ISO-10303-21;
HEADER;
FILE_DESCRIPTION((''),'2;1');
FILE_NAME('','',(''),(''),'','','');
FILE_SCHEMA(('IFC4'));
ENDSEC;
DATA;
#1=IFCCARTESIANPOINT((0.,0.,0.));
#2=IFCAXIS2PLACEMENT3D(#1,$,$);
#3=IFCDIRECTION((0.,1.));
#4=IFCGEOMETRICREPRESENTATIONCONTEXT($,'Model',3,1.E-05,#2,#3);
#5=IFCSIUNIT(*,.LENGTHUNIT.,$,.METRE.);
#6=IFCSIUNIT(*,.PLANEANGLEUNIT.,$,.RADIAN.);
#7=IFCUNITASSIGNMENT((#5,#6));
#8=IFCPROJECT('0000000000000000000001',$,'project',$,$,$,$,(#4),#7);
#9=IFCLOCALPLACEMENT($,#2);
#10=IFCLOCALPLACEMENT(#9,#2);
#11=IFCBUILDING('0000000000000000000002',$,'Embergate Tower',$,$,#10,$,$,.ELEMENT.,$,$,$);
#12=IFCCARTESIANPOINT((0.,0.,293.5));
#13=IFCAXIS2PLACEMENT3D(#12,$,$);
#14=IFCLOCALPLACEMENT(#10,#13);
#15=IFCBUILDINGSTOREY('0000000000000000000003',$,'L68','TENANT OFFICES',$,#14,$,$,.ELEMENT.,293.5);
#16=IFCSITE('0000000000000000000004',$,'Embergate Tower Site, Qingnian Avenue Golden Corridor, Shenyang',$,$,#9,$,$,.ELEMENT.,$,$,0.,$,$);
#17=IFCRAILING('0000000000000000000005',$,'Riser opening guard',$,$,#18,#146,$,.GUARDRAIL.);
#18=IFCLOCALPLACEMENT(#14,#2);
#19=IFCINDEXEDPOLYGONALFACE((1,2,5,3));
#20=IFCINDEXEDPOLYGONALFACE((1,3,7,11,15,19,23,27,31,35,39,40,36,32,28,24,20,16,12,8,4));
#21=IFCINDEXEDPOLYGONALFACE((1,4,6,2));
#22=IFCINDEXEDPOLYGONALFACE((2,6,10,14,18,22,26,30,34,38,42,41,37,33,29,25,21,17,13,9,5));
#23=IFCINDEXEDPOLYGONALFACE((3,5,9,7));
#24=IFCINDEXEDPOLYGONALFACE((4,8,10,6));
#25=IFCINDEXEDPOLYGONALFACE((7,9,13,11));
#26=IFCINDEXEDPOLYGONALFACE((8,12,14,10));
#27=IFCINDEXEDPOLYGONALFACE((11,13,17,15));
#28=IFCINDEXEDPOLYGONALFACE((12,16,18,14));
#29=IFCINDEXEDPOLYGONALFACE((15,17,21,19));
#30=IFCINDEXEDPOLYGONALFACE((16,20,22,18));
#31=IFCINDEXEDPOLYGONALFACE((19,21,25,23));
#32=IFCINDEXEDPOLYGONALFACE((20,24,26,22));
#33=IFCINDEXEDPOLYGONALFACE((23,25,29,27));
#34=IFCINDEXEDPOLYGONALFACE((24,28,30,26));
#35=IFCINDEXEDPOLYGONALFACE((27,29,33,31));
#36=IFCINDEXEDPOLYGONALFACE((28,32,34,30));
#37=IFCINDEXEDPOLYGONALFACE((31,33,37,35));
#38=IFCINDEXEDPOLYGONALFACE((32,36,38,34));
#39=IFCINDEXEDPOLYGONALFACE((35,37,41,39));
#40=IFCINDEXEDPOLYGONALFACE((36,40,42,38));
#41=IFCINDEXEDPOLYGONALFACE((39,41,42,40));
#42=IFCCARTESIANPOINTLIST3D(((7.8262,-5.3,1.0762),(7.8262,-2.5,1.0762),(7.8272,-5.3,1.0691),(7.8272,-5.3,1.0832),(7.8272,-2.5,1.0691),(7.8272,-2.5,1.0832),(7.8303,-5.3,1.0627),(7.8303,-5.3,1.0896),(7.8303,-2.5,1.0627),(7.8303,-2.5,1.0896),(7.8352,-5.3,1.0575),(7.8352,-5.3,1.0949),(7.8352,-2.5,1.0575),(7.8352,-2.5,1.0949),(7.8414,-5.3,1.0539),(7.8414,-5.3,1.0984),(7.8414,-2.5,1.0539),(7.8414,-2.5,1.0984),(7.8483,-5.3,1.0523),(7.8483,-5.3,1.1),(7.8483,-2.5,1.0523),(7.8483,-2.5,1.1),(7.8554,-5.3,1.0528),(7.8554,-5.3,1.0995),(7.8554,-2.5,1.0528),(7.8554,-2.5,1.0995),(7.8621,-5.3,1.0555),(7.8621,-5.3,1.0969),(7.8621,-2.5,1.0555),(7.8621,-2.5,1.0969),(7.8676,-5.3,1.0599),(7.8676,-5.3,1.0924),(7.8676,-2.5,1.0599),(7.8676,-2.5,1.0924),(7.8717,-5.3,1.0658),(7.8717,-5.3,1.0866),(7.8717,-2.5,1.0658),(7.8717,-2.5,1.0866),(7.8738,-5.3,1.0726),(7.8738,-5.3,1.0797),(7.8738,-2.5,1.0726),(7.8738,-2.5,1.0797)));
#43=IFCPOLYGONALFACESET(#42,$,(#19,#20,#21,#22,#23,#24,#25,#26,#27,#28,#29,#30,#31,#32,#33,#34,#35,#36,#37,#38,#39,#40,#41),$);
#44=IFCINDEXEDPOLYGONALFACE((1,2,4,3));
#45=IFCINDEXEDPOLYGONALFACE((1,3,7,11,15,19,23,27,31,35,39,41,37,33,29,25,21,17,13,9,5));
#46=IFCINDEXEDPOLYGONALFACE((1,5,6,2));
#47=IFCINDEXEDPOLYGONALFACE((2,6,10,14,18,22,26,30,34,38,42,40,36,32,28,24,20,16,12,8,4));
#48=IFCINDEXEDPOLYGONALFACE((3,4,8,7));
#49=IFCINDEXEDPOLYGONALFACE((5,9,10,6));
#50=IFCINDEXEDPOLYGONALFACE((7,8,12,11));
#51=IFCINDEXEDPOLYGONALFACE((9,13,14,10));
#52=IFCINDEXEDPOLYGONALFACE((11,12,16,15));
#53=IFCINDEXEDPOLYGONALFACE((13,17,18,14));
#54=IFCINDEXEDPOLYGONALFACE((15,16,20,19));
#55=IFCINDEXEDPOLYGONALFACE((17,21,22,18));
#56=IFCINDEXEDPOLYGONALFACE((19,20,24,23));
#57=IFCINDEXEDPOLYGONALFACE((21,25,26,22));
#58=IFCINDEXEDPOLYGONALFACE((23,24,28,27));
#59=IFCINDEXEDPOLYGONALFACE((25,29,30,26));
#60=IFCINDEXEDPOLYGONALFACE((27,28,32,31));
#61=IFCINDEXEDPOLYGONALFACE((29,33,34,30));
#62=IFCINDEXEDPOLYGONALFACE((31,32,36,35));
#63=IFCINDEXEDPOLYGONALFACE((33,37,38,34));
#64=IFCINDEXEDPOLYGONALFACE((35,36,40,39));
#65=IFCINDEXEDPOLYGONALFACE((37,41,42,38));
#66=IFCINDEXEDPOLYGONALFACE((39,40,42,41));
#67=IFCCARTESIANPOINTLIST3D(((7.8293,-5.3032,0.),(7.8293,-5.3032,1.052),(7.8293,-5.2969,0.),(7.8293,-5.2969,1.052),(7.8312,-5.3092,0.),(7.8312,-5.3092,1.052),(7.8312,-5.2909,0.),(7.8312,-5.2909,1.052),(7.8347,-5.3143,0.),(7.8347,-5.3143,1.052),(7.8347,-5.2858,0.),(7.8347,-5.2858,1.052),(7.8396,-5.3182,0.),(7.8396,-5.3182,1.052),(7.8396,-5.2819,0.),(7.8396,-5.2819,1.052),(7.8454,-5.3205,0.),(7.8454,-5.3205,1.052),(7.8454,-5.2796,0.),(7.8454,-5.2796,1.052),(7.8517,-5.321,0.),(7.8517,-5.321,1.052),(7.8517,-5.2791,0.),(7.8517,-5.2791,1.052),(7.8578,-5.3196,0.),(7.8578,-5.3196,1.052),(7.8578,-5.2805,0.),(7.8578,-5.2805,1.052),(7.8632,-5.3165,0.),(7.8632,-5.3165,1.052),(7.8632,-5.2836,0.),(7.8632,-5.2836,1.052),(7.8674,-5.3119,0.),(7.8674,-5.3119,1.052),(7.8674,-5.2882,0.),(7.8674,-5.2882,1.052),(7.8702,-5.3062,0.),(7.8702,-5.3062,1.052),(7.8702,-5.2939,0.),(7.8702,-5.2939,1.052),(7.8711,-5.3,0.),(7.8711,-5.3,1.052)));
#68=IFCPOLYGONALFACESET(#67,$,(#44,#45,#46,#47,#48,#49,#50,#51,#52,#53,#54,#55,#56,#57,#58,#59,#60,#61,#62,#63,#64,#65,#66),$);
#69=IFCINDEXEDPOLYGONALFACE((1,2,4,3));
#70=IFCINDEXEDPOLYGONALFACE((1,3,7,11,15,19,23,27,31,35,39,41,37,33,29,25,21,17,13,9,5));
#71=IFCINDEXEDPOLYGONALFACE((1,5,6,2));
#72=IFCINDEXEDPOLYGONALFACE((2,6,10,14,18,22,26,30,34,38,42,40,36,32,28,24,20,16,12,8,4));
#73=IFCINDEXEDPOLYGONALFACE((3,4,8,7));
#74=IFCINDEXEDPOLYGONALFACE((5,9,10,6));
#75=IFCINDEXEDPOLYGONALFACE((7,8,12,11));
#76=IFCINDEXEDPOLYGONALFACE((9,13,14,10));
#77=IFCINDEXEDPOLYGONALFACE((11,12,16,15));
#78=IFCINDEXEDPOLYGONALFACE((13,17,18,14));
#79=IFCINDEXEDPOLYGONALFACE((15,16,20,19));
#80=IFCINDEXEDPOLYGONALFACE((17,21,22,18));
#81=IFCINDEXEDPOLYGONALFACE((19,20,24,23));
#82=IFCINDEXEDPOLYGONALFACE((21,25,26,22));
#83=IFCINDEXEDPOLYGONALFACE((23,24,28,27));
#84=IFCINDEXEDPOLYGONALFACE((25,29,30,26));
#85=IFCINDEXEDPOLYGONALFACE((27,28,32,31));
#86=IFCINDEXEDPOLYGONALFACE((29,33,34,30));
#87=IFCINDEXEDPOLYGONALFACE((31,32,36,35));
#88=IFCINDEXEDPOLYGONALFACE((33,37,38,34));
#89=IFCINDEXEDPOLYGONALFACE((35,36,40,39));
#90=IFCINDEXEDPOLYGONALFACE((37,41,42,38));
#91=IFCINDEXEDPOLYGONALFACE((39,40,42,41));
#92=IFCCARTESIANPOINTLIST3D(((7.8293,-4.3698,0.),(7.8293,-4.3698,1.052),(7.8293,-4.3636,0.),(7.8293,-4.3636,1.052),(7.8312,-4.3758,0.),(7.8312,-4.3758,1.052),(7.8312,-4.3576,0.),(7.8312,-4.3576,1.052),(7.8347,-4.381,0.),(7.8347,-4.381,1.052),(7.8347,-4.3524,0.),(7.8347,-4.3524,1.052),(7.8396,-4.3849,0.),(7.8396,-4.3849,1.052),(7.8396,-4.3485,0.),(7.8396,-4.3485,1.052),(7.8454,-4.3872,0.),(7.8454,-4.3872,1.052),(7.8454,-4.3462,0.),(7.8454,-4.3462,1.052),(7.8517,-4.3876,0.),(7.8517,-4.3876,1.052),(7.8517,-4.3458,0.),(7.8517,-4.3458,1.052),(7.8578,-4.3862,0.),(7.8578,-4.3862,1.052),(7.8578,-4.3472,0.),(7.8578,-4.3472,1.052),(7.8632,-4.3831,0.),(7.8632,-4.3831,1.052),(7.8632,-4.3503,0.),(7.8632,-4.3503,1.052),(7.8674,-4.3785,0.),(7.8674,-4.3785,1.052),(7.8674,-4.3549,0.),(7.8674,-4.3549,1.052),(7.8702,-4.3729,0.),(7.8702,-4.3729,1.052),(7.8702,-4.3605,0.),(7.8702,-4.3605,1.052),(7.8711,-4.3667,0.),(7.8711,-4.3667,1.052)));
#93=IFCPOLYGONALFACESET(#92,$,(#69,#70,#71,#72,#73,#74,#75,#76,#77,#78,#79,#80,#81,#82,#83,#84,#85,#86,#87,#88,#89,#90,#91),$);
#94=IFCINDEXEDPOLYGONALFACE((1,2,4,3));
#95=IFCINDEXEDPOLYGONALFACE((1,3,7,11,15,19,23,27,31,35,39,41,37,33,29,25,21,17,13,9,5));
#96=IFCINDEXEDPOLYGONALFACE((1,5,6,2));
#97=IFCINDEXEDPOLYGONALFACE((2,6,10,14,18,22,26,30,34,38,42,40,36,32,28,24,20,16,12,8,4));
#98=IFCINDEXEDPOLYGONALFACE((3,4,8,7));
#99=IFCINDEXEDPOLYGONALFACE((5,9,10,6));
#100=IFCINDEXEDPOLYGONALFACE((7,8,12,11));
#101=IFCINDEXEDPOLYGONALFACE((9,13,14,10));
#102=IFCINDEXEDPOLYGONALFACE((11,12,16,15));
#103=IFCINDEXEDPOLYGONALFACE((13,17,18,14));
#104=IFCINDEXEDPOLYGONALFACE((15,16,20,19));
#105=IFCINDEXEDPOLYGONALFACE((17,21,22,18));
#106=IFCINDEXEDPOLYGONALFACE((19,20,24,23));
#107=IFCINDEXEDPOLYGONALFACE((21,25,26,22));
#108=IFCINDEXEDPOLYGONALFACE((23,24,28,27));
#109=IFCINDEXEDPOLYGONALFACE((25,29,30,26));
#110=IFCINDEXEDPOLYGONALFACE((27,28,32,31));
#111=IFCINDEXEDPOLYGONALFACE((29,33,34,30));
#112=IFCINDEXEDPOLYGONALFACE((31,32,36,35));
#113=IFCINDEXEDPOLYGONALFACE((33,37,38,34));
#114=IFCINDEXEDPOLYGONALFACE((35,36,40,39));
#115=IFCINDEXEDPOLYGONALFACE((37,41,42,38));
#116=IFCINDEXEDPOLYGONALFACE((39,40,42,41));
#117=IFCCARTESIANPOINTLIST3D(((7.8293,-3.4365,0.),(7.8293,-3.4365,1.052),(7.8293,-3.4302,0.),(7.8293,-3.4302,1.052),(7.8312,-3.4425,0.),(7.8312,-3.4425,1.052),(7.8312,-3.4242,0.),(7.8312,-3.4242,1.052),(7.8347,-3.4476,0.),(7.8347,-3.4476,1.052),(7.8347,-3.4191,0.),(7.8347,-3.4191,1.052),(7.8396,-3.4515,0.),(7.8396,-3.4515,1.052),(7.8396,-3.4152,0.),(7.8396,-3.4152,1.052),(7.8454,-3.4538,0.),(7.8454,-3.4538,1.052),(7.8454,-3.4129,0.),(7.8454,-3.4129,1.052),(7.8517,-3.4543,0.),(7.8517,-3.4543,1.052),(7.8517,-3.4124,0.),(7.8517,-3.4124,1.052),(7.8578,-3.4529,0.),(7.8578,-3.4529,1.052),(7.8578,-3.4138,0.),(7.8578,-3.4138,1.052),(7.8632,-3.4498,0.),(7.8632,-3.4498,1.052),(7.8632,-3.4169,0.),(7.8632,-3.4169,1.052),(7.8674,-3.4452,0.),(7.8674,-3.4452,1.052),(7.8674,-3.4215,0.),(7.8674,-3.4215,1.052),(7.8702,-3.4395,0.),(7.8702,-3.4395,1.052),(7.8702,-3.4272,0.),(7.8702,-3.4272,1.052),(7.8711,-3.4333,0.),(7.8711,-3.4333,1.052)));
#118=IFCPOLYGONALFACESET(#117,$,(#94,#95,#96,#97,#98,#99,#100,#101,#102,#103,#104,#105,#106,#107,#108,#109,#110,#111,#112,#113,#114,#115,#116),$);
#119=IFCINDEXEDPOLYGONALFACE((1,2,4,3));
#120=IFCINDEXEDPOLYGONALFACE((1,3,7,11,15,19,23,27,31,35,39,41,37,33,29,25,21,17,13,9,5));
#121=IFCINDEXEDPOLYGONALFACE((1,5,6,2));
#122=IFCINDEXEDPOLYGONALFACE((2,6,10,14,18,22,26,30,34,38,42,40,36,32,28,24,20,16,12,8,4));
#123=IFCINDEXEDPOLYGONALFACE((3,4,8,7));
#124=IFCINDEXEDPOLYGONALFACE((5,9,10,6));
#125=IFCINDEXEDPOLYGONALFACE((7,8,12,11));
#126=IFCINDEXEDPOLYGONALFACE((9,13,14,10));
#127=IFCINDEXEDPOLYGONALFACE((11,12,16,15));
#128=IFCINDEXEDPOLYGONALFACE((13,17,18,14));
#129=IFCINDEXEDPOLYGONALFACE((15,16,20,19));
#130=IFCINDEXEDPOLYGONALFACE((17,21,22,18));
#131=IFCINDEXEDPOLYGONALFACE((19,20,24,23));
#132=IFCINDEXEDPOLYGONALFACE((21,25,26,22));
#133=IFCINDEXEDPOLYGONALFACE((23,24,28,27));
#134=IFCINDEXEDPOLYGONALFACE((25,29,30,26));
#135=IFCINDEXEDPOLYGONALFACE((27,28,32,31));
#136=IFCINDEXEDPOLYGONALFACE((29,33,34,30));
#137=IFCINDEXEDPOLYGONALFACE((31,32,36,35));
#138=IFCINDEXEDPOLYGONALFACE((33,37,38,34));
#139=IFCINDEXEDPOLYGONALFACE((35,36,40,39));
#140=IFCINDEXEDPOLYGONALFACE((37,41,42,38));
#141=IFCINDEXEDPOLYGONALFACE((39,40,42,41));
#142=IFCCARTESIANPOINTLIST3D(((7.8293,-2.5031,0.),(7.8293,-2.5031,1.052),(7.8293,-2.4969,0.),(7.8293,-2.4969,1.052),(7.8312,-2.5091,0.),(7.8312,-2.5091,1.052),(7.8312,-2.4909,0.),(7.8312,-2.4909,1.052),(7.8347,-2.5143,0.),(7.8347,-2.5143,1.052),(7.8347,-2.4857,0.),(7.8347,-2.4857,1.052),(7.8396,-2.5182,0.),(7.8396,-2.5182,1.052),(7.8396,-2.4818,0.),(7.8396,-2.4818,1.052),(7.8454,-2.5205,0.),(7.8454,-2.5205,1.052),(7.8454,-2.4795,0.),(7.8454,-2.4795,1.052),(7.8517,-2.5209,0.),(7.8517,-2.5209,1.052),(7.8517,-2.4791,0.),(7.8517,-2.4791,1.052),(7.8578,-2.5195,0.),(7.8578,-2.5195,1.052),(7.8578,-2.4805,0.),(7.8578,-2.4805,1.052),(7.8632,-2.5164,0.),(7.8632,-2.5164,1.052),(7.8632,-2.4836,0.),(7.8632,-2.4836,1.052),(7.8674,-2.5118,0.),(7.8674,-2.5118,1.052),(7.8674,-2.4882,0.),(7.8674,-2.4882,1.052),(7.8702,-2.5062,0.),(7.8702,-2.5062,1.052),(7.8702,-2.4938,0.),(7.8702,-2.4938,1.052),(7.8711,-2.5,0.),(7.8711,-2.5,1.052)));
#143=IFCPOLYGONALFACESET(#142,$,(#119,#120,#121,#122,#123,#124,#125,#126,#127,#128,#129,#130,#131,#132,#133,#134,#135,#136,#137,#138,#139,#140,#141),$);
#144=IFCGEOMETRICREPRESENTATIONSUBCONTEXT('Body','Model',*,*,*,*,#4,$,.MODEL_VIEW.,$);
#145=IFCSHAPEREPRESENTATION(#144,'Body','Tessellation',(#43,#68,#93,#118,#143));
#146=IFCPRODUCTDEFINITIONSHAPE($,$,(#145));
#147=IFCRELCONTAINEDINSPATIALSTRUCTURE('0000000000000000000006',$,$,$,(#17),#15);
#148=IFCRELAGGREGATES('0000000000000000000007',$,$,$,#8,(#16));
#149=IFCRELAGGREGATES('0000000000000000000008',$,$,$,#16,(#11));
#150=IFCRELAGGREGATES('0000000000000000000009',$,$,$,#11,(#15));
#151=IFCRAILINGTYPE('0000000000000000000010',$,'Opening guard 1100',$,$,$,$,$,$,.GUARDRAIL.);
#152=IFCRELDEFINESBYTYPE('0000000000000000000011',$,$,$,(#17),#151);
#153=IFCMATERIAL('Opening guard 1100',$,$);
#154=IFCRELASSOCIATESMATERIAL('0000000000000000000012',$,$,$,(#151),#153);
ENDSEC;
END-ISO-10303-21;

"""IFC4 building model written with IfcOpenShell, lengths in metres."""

from ifc_helpers import new_model, si_unit, direction, frame, origin, origin_2d, place, context, subcontext, project, spatial, circle, extrude, source, transform, mapped, material, type_object, element, save


model = new_model("IFC4")

# Units and contexts
model_context = context("Model", 3, precision=1e-05, world=origin(), true_north=direction((0.0, 1.0)))
body_context = subcontext(model_context, "Body", "Model", "MODEL_VIEW")
ifc_project = project(units=[si_unit("LENGTHUNIT", "METRE"), si_unit("PLANEANGLEUNIT", "RADIAN")], contexts=[model_context])

# Site, building, storey
site_placement = place(None, origin())
site = spatial("IfcSite", under=ifc_project, at=site_placement, Name="Embergate Tower Site, Qingnian Avenue Golden Corridor, Shenyang", CompositionType="ELEMENT", RefElevation=0.0)
building_placement = place(site_placement, origin())
building = spatial("IfcBuilding", under=site, at=building_placement, Name="Embergate Tower", CompositionType="ELEMENT")
storey_placement = place(building_placement, frame((0.0, 0.0, 293.5)))
storey = spatial("IfcBuildingStorey", under=building, at=storey_placement, Name="L68", Description="TENANT OFFICES", CompositionType="ELEMENT", Elevation=293.5)

# Railing
ifc_material_1 = material(Name="Opening guard 1100")
railing_type_1 = type_object("IfcRailingType", Name="Opening guard 1100", PredefinedType="GUARDRAIL", material=ifc_material_1)
shared_shape_1 = source(origin(), body_context, "Body", "SweptSolid", [
    extrude(circle(Radius=0.0239, at=origin_2d()), frame((0.0, 0.0, 1.0762), z_axis=(0.0, 1.0, 0.0), x_axis=(-1.0, 0.0, 0.0)), (0.0, 0.0, 1.0), 2.8),
    extrude(circle(Radius=0.021, at=origin_2d()), origin(), (0.0, 0.0, 1.0), 1.052),
    extrude(circle(Radius=0.021, at=origin_2d()), frame((0.0, 0.9333, 0.0)), (0.0, 0.0, 1.0), 1.052),
    extrude(circle(Radius=0.021, at=origin_2d()), frame((0.0, 1.8667, 0.0)), (0.0, 0.0, 1.0), 1.052),
    extrude(circle(Radius=0.021, at=origin_2d()), frame((0.0, 2.8, 0.0)), (0.0, 0.0, 1.0), 1.052),
])
railing_1_placement = place(storey_placement, frame((7.8501, -5.3, 0.0)))
element("IfcRailing", 1, at=railing_1_placement, inside=storey, type_object=railing_type_1, Name="Riser opening guard", PredefinedType="GUARDRAIL", context=body_context, shape_type="MappedRepresentation", body=[
    mapped(shared_shape_1, transform((0.0, 0.0, 0.0))),
])

save(model, "model.ifc")
